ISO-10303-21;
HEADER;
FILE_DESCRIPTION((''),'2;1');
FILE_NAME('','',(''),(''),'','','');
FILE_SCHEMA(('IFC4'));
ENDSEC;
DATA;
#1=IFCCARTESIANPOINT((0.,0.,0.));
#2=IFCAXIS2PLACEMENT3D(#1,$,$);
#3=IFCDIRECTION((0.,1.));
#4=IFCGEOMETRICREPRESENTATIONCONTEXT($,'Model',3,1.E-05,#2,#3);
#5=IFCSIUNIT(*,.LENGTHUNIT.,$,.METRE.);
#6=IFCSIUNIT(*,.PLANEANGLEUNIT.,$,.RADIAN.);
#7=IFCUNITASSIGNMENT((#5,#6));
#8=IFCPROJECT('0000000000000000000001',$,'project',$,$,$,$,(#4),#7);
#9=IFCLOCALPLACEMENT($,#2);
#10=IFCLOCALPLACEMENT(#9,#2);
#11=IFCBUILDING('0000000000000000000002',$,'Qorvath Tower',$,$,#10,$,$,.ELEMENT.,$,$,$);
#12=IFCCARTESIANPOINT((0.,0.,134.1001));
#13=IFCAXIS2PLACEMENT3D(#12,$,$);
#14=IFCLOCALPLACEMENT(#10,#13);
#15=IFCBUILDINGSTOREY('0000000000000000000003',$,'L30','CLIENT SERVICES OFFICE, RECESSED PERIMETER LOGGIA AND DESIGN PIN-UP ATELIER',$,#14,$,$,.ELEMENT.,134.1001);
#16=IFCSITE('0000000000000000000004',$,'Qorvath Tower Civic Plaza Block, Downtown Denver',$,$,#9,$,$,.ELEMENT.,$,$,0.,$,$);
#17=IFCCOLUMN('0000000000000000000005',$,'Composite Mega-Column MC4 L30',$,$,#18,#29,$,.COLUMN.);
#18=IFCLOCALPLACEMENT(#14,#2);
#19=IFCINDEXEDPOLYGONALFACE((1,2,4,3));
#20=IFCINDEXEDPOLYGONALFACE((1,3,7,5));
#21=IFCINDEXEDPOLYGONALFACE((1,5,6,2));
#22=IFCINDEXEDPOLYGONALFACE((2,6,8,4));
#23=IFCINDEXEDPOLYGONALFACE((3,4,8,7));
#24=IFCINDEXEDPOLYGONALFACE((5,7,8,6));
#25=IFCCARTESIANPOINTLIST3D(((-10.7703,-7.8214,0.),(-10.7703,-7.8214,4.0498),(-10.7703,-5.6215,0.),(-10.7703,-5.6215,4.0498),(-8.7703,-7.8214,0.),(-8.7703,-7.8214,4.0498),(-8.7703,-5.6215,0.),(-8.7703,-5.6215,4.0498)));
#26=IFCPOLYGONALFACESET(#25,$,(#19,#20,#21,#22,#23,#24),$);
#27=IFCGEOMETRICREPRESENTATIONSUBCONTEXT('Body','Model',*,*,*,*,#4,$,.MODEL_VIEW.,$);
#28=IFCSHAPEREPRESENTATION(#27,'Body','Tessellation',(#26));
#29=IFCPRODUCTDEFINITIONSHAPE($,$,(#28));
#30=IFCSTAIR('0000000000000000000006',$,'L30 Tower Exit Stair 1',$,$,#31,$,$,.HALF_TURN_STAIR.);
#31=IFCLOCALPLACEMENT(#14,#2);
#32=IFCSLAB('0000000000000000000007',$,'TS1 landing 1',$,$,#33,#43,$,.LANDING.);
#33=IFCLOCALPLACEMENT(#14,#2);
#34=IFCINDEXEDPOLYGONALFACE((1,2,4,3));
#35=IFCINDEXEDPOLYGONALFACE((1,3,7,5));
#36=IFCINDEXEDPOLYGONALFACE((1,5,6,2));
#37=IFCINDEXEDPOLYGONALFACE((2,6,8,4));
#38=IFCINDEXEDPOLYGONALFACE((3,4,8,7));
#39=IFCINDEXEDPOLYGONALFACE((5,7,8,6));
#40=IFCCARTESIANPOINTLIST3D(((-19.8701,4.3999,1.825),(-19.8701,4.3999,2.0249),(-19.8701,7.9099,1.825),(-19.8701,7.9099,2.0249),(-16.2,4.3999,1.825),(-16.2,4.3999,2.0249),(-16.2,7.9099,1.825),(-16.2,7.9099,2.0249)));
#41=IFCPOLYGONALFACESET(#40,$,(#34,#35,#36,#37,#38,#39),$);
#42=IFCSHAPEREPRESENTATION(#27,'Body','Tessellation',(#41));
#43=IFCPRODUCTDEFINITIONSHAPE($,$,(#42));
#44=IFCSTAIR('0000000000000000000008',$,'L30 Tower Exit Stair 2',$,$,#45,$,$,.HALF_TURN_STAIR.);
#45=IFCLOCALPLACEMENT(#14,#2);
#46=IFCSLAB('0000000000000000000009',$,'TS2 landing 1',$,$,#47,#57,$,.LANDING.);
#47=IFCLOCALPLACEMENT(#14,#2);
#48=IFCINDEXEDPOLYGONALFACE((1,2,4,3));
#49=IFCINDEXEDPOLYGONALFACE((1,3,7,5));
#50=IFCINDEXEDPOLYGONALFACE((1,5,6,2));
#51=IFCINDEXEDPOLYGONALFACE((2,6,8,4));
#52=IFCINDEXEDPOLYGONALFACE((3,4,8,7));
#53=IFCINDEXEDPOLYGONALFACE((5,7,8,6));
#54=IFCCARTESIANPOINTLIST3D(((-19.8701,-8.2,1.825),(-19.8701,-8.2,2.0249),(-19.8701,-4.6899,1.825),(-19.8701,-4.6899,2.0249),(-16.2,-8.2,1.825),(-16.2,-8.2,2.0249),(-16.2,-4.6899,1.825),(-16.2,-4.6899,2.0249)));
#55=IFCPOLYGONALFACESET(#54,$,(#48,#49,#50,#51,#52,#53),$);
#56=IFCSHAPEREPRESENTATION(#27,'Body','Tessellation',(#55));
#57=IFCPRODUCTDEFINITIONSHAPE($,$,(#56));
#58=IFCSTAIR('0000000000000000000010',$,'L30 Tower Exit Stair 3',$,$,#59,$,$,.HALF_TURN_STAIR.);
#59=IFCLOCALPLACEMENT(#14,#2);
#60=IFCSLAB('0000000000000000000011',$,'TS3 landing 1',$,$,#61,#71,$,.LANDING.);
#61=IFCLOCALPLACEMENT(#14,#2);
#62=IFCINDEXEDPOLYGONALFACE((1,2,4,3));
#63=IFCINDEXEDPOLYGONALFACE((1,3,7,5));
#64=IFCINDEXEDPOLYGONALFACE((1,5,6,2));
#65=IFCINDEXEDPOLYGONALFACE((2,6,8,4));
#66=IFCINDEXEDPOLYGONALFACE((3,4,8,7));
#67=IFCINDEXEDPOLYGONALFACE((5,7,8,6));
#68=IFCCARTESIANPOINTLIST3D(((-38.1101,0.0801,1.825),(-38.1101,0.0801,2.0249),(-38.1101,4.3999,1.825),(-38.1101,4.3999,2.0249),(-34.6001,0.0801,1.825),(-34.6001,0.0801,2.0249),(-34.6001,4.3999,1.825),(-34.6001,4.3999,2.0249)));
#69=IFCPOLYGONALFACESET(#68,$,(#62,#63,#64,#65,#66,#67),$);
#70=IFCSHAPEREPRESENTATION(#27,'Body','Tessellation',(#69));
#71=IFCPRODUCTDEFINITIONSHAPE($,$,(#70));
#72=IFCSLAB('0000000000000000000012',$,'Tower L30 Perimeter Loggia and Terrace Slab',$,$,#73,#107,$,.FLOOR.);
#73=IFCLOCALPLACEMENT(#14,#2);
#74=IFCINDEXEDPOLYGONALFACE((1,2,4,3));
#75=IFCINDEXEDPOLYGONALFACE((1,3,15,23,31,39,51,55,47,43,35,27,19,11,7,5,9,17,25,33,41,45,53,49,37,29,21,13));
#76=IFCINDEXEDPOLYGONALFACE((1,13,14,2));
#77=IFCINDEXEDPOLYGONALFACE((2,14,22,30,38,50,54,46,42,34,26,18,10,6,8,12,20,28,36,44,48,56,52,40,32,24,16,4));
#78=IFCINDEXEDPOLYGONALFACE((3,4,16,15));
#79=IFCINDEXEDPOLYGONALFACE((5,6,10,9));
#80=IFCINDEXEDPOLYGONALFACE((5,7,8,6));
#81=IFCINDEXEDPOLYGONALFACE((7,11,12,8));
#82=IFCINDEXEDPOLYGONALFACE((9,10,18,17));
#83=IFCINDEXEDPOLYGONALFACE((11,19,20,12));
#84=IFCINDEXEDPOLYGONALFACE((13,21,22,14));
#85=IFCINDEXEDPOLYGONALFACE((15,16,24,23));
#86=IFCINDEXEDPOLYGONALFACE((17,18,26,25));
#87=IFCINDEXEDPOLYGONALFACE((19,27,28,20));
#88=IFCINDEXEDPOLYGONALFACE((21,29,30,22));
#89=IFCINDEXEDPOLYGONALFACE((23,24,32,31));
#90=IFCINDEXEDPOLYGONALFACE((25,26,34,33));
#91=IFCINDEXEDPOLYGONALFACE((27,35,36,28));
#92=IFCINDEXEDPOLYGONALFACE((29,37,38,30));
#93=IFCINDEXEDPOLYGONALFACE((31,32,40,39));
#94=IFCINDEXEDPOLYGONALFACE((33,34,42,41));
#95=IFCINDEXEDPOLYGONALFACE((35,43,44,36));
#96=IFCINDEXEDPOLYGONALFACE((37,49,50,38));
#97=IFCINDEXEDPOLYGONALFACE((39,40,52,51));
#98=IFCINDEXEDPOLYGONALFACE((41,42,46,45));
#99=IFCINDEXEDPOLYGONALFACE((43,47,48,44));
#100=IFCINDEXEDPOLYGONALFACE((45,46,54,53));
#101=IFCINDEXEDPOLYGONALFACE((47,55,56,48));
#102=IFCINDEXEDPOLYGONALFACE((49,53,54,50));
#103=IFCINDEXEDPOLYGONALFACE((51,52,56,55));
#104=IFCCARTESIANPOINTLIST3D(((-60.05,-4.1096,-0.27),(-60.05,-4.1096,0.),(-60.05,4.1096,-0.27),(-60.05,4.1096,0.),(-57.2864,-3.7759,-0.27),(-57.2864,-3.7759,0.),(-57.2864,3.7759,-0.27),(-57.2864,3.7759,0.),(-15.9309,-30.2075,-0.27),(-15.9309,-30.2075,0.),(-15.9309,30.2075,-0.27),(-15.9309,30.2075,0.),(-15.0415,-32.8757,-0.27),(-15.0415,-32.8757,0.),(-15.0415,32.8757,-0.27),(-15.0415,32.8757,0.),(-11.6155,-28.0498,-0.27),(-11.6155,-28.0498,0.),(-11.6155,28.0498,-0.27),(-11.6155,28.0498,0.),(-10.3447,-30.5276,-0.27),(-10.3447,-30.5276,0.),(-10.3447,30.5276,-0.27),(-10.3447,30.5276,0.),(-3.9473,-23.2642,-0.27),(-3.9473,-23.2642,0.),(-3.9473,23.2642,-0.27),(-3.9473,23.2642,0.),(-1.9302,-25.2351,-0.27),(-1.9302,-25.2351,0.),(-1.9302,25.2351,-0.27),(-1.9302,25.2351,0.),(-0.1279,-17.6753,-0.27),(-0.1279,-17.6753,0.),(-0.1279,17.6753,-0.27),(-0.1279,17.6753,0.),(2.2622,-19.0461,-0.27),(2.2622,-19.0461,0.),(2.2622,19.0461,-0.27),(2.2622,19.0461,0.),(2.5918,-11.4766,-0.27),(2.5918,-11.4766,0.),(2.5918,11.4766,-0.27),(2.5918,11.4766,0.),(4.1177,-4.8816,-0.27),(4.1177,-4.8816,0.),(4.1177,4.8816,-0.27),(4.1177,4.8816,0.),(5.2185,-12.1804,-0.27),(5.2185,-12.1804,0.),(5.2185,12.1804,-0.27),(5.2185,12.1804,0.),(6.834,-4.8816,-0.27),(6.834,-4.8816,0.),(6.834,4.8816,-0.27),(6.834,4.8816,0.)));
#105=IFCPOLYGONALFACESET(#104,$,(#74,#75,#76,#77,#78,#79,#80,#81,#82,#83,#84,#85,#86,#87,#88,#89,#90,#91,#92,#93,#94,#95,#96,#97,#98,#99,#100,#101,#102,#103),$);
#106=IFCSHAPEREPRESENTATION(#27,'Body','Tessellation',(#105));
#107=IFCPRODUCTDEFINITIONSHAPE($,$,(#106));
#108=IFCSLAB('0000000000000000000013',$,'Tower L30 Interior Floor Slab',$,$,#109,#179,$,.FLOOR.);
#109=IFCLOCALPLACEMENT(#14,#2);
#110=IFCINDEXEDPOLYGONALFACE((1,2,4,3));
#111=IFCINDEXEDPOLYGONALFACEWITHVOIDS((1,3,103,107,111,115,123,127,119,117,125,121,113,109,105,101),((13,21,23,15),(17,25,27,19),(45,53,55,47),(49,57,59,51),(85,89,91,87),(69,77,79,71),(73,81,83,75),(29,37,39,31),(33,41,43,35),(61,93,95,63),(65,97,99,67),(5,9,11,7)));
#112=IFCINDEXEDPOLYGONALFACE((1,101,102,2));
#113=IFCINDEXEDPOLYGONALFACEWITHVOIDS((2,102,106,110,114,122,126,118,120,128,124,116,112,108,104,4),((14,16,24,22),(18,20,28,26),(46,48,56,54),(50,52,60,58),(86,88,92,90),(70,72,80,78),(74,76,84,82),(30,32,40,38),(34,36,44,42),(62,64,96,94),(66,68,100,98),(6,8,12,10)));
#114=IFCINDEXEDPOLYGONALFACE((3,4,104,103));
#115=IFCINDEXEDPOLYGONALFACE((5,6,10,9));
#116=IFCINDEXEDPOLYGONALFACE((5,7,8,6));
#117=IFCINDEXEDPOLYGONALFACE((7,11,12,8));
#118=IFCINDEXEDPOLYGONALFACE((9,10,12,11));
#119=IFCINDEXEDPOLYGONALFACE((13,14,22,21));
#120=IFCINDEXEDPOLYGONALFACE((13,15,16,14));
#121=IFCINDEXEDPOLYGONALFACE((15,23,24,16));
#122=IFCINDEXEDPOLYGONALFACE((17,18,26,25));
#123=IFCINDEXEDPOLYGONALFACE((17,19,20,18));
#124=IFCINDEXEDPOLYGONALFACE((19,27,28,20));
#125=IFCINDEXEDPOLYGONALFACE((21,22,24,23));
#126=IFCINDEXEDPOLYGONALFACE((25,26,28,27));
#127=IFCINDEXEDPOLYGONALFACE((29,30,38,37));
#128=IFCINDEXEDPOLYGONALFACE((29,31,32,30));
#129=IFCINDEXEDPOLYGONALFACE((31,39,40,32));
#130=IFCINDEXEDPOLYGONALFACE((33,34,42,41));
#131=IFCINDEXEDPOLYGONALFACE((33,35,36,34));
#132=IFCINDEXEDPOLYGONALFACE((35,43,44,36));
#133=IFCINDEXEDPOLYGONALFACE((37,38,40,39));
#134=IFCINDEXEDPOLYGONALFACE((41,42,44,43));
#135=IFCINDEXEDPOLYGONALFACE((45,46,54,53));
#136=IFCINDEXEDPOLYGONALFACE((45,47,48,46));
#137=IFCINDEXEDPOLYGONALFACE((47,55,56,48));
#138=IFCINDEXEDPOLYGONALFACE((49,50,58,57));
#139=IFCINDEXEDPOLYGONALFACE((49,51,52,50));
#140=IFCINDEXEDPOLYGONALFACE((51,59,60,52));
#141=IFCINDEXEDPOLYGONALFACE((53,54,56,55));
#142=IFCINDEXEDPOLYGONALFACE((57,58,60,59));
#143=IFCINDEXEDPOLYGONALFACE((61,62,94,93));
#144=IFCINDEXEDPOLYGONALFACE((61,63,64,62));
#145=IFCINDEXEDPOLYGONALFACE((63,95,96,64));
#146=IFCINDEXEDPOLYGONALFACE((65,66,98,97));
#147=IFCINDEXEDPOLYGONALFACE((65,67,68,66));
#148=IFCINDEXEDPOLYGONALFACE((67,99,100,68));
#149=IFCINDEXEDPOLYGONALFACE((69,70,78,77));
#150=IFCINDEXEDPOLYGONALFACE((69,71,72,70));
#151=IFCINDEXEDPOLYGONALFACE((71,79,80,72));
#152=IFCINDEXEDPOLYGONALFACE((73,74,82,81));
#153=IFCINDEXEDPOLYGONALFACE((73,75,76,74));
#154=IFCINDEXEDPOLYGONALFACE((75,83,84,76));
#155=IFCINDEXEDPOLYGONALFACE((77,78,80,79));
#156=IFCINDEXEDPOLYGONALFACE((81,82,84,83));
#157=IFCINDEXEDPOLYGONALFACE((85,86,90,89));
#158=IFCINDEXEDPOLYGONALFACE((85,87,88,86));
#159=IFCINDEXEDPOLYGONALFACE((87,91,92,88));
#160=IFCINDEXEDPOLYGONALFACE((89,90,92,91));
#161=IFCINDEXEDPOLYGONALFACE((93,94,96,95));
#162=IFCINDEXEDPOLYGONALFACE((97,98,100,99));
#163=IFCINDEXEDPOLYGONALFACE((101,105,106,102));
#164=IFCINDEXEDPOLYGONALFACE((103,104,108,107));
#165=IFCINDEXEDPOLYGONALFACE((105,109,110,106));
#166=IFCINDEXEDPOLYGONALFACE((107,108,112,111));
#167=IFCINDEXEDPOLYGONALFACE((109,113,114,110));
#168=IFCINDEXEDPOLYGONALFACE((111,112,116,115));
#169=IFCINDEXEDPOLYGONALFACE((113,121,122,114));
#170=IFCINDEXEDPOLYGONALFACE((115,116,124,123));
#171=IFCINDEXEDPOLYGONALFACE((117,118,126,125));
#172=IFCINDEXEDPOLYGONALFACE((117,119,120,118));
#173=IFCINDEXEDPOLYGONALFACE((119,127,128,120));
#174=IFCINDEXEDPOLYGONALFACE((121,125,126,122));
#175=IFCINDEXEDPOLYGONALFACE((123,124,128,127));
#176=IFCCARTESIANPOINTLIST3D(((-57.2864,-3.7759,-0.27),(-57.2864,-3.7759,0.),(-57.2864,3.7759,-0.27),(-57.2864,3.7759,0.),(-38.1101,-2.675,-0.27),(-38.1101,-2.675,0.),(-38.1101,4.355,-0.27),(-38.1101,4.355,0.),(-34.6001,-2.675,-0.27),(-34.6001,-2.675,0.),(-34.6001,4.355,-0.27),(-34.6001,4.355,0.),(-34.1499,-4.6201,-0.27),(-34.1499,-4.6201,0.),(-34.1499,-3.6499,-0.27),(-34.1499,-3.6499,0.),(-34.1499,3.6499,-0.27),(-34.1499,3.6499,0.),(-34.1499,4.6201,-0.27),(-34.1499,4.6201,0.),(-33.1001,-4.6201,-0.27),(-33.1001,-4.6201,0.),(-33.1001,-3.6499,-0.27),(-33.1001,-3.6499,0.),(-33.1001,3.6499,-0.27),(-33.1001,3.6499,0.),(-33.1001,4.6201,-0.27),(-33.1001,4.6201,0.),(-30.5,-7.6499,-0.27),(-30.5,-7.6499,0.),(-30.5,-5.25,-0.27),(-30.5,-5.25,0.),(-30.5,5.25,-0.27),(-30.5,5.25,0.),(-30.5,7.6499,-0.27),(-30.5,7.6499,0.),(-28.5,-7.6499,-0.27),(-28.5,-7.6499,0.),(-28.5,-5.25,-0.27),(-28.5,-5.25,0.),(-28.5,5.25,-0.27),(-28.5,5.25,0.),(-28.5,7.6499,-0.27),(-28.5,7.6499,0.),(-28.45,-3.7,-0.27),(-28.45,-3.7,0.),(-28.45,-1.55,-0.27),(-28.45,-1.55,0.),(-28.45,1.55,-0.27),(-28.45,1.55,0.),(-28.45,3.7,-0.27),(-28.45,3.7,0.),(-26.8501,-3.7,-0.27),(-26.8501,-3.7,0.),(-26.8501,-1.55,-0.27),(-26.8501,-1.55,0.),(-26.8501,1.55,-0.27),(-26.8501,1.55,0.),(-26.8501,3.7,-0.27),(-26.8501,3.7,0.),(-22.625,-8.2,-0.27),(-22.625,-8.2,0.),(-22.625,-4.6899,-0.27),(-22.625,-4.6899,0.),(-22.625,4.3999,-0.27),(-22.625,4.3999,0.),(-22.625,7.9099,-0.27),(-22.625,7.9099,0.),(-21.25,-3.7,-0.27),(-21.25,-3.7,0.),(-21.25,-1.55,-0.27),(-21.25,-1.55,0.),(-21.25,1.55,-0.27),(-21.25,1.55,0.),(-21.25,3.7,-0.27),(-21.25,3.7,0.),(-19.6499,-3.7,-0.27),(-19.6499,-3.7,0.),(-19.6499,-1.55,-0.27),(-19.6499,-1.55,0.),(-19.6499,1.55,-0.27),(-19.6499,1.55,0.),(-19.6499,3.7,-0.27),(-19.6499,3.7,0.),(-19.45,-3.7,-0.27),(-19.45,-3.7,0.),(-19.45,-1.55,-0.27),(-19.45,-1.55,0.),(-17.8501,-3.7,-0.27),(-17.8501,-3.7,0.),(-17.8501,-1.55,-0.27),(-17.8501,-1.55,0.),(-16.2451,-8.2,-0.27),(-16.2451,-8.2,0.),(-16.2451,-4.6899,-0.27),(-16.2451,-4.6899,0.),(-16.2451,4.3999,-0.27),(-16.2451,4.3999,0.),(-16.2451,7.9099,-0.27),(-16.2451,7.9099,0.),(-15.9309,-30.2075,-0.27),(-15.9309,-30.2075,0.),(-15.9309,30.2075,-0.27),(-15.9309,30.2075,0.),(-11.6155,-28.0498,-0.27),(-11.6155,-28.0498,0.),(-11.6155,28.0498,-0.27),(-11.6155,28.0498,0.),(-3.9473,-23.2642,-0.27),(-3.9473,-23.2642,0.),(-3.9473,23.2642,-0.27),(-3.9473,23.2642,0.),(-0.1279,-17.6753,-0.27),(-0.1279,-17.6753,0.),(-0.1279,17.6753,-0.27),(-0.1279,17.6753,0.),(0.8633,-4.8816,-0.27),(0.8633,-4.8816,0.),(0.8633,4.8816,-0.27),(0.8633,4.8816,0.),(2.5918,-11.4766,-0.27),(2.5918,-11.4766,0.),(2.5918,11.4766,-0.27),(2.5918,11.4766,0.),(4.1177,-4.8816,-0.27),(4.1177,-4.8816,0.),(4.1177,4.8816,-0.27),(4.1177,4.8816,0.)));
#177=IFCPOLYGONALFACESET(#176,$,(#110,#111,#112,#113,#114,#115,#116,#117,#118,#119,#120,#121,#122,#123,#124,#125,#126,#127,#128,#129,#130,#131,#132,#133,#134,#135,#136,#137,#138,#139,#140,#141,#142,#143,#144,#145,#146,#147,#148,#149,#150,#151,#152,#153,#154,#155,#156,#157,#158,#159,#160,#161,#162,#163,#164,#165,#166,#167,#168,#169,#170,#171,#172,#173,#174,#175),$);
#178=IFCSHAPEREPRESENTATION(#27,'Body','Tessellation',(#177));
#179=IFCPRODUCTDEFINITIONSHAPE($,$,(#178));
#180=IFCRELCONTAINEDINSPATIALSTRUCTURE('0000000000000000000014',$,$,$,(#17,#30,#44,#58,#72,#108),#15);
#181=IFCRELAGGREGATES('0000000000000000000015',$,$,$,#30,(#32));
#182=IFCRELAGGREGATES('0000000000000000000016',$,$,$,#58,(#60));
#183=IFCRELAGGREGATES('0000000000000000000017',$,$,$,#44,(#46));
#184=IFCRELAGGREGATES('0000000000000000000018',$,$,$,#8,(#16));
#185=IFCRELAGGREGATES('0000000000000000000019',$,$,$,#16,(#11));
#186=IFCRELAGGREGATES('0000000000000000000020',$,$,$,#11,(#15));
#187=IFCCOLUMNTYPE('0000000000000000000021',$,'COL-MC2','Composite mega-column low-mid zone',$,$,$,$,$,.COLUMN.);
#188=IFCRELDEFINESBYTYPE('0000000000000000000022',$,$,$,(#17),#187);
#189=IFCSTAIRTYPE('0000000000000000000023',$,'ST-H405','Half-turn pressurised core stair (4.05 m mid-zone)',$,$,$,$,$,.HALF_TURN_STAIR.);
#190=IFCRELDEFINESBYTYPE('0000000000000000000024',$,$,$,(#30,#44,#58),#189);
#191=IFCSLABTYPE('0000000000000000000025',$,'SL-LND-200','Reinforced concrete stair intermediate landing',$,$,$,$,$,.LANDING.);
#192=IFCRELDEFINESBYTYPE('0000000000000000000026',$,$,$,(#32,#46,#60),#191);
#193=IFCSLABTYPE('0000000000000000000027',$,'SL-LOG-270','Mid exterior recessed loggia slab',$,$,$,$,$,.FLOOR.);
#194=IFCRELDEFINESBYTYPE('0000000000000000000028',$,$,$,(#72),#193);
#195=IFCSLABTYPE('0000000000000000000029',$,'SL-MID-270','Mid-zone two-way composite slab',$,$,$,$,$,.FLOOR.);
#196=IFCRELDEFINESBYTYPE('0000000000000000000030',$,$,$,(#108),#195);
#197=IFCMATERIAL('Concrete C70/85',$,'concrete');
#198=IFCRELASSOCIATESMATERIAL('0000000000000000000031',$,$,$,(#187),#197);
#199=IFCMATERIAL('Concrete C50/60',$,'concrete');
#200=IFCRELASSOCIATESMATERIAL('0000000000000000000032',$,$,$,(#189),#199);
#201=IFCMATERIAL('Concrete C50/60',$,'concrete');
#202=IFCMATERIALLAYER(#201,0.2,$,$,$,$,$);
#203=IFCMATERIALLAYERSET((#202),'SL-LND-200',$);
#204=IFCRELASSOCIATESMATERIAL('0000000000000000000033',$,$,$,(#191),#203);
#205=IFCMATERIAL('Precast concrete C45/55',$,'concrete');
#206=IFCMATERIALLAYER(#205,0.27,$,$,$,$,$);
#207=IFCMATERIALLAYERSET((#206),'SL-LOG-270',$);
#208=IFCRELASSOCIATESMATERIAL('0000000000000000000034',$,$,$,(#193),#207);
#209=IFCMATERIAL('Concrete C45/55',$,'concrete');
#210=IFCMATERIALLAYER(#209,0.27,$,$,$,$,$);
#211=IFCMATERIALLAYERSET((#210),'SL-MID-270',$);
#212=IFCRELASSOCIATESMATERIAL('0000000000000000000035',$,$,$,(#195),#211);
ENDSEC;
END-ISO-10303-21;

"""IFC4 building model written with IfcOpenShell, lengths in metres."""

from ifc_helpers import new_model, si_unit, direction, frame, origin, origin_2d, place, context, subcontext, project, spatial, polyline, rectangle, outline, extrude, material, layer, layer_set, material_profile, profile_set, type_object, element, aggregate, save


model = new_model("IFC4")

# Units and contexts
model_context = context("Model", 3, precision=1e-05, world=origin(), true_north=direction((0.0, 1.0)))
body_context = subcontext(model_context, "Body", "Model", "MODEL_VIEW")
ifc_project = project(units=[si_unit("LENGTHUNIT", "METRE"), si_unit("PLANEANGLEUNIT", "RADIAN")], contexts=[model_context])

# Site, building, storey
site_placement = place(None, origin())
site = spatial("IfcSite", under=ifc_project, at=site_placement, Name="Qorvath Tower Civic Plaza Block, Downtown Denver", CompositionType="ELEMENT", RefElevation=0.0)
building_placement = place(site_placement, origin())
building = spatial("IfcBuilding", under=site, at=building_placement, Name="Qorvath Tower", CompositionType="ELEMENT")
storey_placement = place(building_placement, frame((0.0, 0.0, 134.1001)))
storey = spatial("IfcBuildingStorey", under=building, at=storey_placement, Name="L30", Description="CLIENT SERVICES OFFICE, RECESSED PERIMETER LOGGIA AND DESIGN PIN-UP ATELIER", CompositionType="ELEMENT", Elevation=134.1001)

# Column
ifc_material_1 = material(Name="Concrete C70/85", Category="concrete")
ifc_material_profile = material_profile(ifc_material_1, rectangle(XDim=2.0, YDim=2.2, at=origin_2d()), Name="MC 2200x2000")
ifc_profile_set = profile_set([ifc_material_profile], Name="Concrete C70/85")
column_type = type_object("IfcColumnType", Name="COL-MC2", Description="Composite mega-column low-mid zone", PredefinedType="COLUMN", material=ifc_profile_set)
column_placement = place(storey_placement, frame((-9.7703, -6.7214, 0.0), z_axis=(0.0, 0.0, 1.0), x_axis=(1.0, 0.0, 0.0)))
element("IfcColumn", 1, at=column_placement, inside=storey, type_object=column_type, Name="Composite Mega-Column MC4 L30", PredefinedType="COLUMN", context=body_context, shape_type="SweptSolid", body=[
    extrude(rectangle(XDim=2.0, YDim=2.2, at=origin_2d()), origin(), (0.0, 0.0, 1.0), 4.0498),
])

# Stairs, slabs
ifc_material_2 = material(Name="Concrete C50/60", Category="concrete")
stair_type = type_object("IfcStairType", Name="ST-H405", Description="Half-turn pressurised core stair (4.05 m mid-zone)", PredefinedType="HALF_TURN_STAIR", material=ifc_material_2)
stair_1_placement = place(storey_placement, origin())
stair_1 = element("IfcStair", 2, at=stair_1_placement, inside=storey, type_object=stair_type, Name="L30 Tower Exit Stair 1", PredefinedType="HALF_TURN_STAIR")
ifc_material_3 = material(Name="Concrete C50/60", Category="concrete")
ifc_layer_1 = layer(ifc_material_3, 0.2)
ifc_layer_set_1 = layer_set([ifc_layer_1], Name="SL-LND-200")
slab_type_1 = type_object("IfcSlabType", Name="SL-LND-200", Description="Reinforced concrete stair intermediate landing", PredefinedType="LANDING", material=ifc_layer_set_1)
slab_1_placement = place(storey_placement, frame((0.0, 0.0, 1.825)))
slab_1 = element("IfcSlab", 3, at=slab_1_placement, type_object=slab_type_1, Name="TS1 landing 1", PredefinedType="LANDING", context=body_context, shape_type="SweptSolid", body=[
    extrude(outline(polyline([(-19.8701, 4.3999), (-16.2, 4.3999), (-16.2, 7.9099), (-19.8701, 7.9099), (-19.8701, 4.3999)])), origin(), (0.0, 0.0, 1.0), 0.2),
])
aggregate(stair_1, [slab_1])
stair_2_placement = place(storey_placement, origin())
stair_2 = element("IfcStair", 4, at=stair_2_placement, inside=storey, type_object=stair_type, Name="L30 Tower Exit Stair 2", PredefinedType="HALF_TURN_STAIR")
slab_2_placement = place(storey_placement, frame((0.0, 0.0, 1.825)))
slab_2 = element("IfcSlab", 5, at=slab_2_placement, type_object=slab_type_1, Name="TS2 landing 1", PredefinedType="LANDING", context=body_context, shape_type="SweptSolid", body=[
    extrude(outline(polyline([(-19.8701, -8.2), (-16.2, -8.2), (-16.2, -4.6899), (-19.8701, -4.6899), (-19.8701, -8.2)])), origin(), (0.0, 0.0, 1.0), 0.2),
])
stair_3_placement = place(storey_placement, origin())
stair_3 = element("IfcStair", 6, at=stair_3_placement, inside=storey, type_object=stair_type, Name="L30 Tower Exit Stair 3", PredefinedType="HALF_TURN_STAIR")
slab_3_placement = place(storey_placement, frame((0.0, 0.0, 1.825)))
slab_3 = element("IfcSlab", 7, at=slab_3_placement, type_object=slab_type_1, Name="TS3 landing 1", PredefinedType="LANDING", context=body_context, shape_type="SweptSolid", body=[
    extrude(outline(polyline([(-34.6001, 0.0801), (-34.6001, 4.3999), (-38.1101, 4.3999), (-38.1101, 0.0801), (-34.6001, 0.0801)])), origin(), (0.0, 0.0, 1.0), 0.2),
])
aggregate(stair_3, [slab_3])

# Slabs
ifc_material_4 = material(Name="Precast concrete C45/55", Category="concrete")
ifc_layer_2 = layer(ifc_material_4, 0.27)
ifc_layer_set_2 = layer_set([ifc_layer_2], Name="SL-LOG-270")
slab_type_2 = type_object("IfcSlabType", Name="SL-LOG-270", Description="Mid exterior recessed loggia slab", PredefinedType="FLOOR", material=ifc_layer_set_2)
slab_4_placement = place(storey_placement, frame((0.0, 0.0, -0.27)))
element("IfcSlab", 8, at=slab_4_placement, inside=storey, type_object=slab_type_2, Name="Tower L30 Perimeter Loggia and Terrace Slab", PredefinedType="FLOOR", context=body_context, shape_type="SweptSolid", body=[
    extrude(outline(polyline([(4.1177, -4.8816), (2.5918, -11.4766), (-0.1279, -17.6753), (-3.9473, -23.2642), (-11.6155, -28.0498), (-15.9309, -30.2075), (-57.2864, -3.7759), (-57.2864, 3.7759), (-15.9309, 30.2075), (-11.6155, 28.0498), (-3.9473, 23.2642), (-0.1279, 17.6753), (2.5918, 11.4766), (4.1177, 4.8816), (6.834, 4.8816), (5.2185, 12.1804), (2.2622, 19.0461), (-1.9302, 25.2351), (-10.3447, 30.5276), (-15.0415, 32.8757), (-60.05, 4.1096), (-60.05, -4.1096), (-15.0415, -32.8757), (-10.3447, -30.5276), (-1.9302, -25.2351), (2.2622, -19.0461), (5.2185, -12.1804), (6.834, -4.8816), (4.1177, -4.8816)])), origin(), (0.0, 0.0, 1.0), 0.27),
])
ifc_material_5 = material(Name="Concrete C45/55", Category="concrete")
ifc_layer_3 = layer(ifc_material_5, 0.27)
ifc_layer_set_3 = layer_set([ifc_layer_3], Name="SL-MID-270")
slab_type_3 = type_object("IfcSlabType", Name="SL-MID-270", Description="Mid-zone two-way composite slab", PredefinedType="FLOOR", material=ifc_layer_set_3)
slab_5_placement = place(storey_placement, frame((0.0, 0.0, -0.27)))
element("IfcSlab", 9, at=slab_5_placement, inside=storey, type_object=slab_type_3, Name="Tower L30 Interior Floor Slab", PredefinedType="FLOOR", context=body_context, shape_type="SweptSolid", body=[
    extrude(outline(polyline([(-57.2864, 3.7759), (-57.2864, -3.7759), (-15.9309, -30.2075), (-11.6155, -28.0498), (-3.9473, -23.2642), (-0.1279, -17.6753), (2.5918, -11.4766), (4.1177, -4.8816), (0.8633, -4.8816), (0.8633, 4.8816), (4.1177, 4.8816), (2.5918, 11.4766), (-0.1279, 17.6753), (-3.9473, 23.2642), (-11.6155, 28.0498), (-15.9309, 30.2075), (-57.2864, 3.7759)]), holes=[polyline([(-16.2451, -8.2), (-22.625, -8.2), (-22.625, -4.6899), (-16.2451, -4.6899), (-16.2451, -8.2)]), polyline([(-22.625, 4.3999), (-22.625, 7.9099), (-16.2451, 7.9099), (-16.2451, 4.3999), (-22.625, 4.3999)]), polyline([(-17.8501, -3.7), (-19.45, -3.7), (-19.45, -1.55), (-17.8501, -1.55), (-17.8501, -3.7)]), polyline([(-21.25, -3.7), (-21.25, -1.55), (-19.6499, -1.55), (-19.6499, -3.7), (-21.25, -3.7)]), polyline([(-21.25, 1.55), (-21.25, 3.7), (-19.6499, 3.7), (-19.6499, 1.55), (-21.25, 1.55)]), polyline([(-28.45, -3.7), (-28.45, -1.55), (-26.8501, -1.55), (-26.8501, -3.7), (-28.45, -3.7)]), polyline([(-26.8501, 1.55), (-28.45, 1.55), (-28.45, 3.7), (-26.8501, 3.7), (-26.8501, 1.55)]), polyline([(-28.5, -7.6499), (-30.5, -7.6499), (-30.5, -5.25), (-28.5, -5.25), (-28.5, -7.6499)]), polyline([(-30.5, 5.25), (-30.5, 7.6499), (-28.5, 7.6499), (-28.5, 5.25), (-30.5, 5.25)]), polyline([(-34.1499, -4.6201), (-34.1499, -3.6499), (-33.1001, -3.6499), (-33.1001, -4.6201), (-34.1499, -4.6201)]), polyline([(-34.1499, 3.6499), (-34.1499, 4.6201), (-33.1001, 4.6201), (-33.1001, 3.6499), (-34.1499, 3.6499)]), polyline([(-34.6001, -2.675), (-38.1101, -2.675), (-38.1101, 4.355), (-34.6001, 4.355), (-34.6001, -2.675)])]), origin(), (0.0, 0.0, 1.0), 0.27),
])

aggregate(stair_2, [slab_2])

save(model, "model.ifc")
